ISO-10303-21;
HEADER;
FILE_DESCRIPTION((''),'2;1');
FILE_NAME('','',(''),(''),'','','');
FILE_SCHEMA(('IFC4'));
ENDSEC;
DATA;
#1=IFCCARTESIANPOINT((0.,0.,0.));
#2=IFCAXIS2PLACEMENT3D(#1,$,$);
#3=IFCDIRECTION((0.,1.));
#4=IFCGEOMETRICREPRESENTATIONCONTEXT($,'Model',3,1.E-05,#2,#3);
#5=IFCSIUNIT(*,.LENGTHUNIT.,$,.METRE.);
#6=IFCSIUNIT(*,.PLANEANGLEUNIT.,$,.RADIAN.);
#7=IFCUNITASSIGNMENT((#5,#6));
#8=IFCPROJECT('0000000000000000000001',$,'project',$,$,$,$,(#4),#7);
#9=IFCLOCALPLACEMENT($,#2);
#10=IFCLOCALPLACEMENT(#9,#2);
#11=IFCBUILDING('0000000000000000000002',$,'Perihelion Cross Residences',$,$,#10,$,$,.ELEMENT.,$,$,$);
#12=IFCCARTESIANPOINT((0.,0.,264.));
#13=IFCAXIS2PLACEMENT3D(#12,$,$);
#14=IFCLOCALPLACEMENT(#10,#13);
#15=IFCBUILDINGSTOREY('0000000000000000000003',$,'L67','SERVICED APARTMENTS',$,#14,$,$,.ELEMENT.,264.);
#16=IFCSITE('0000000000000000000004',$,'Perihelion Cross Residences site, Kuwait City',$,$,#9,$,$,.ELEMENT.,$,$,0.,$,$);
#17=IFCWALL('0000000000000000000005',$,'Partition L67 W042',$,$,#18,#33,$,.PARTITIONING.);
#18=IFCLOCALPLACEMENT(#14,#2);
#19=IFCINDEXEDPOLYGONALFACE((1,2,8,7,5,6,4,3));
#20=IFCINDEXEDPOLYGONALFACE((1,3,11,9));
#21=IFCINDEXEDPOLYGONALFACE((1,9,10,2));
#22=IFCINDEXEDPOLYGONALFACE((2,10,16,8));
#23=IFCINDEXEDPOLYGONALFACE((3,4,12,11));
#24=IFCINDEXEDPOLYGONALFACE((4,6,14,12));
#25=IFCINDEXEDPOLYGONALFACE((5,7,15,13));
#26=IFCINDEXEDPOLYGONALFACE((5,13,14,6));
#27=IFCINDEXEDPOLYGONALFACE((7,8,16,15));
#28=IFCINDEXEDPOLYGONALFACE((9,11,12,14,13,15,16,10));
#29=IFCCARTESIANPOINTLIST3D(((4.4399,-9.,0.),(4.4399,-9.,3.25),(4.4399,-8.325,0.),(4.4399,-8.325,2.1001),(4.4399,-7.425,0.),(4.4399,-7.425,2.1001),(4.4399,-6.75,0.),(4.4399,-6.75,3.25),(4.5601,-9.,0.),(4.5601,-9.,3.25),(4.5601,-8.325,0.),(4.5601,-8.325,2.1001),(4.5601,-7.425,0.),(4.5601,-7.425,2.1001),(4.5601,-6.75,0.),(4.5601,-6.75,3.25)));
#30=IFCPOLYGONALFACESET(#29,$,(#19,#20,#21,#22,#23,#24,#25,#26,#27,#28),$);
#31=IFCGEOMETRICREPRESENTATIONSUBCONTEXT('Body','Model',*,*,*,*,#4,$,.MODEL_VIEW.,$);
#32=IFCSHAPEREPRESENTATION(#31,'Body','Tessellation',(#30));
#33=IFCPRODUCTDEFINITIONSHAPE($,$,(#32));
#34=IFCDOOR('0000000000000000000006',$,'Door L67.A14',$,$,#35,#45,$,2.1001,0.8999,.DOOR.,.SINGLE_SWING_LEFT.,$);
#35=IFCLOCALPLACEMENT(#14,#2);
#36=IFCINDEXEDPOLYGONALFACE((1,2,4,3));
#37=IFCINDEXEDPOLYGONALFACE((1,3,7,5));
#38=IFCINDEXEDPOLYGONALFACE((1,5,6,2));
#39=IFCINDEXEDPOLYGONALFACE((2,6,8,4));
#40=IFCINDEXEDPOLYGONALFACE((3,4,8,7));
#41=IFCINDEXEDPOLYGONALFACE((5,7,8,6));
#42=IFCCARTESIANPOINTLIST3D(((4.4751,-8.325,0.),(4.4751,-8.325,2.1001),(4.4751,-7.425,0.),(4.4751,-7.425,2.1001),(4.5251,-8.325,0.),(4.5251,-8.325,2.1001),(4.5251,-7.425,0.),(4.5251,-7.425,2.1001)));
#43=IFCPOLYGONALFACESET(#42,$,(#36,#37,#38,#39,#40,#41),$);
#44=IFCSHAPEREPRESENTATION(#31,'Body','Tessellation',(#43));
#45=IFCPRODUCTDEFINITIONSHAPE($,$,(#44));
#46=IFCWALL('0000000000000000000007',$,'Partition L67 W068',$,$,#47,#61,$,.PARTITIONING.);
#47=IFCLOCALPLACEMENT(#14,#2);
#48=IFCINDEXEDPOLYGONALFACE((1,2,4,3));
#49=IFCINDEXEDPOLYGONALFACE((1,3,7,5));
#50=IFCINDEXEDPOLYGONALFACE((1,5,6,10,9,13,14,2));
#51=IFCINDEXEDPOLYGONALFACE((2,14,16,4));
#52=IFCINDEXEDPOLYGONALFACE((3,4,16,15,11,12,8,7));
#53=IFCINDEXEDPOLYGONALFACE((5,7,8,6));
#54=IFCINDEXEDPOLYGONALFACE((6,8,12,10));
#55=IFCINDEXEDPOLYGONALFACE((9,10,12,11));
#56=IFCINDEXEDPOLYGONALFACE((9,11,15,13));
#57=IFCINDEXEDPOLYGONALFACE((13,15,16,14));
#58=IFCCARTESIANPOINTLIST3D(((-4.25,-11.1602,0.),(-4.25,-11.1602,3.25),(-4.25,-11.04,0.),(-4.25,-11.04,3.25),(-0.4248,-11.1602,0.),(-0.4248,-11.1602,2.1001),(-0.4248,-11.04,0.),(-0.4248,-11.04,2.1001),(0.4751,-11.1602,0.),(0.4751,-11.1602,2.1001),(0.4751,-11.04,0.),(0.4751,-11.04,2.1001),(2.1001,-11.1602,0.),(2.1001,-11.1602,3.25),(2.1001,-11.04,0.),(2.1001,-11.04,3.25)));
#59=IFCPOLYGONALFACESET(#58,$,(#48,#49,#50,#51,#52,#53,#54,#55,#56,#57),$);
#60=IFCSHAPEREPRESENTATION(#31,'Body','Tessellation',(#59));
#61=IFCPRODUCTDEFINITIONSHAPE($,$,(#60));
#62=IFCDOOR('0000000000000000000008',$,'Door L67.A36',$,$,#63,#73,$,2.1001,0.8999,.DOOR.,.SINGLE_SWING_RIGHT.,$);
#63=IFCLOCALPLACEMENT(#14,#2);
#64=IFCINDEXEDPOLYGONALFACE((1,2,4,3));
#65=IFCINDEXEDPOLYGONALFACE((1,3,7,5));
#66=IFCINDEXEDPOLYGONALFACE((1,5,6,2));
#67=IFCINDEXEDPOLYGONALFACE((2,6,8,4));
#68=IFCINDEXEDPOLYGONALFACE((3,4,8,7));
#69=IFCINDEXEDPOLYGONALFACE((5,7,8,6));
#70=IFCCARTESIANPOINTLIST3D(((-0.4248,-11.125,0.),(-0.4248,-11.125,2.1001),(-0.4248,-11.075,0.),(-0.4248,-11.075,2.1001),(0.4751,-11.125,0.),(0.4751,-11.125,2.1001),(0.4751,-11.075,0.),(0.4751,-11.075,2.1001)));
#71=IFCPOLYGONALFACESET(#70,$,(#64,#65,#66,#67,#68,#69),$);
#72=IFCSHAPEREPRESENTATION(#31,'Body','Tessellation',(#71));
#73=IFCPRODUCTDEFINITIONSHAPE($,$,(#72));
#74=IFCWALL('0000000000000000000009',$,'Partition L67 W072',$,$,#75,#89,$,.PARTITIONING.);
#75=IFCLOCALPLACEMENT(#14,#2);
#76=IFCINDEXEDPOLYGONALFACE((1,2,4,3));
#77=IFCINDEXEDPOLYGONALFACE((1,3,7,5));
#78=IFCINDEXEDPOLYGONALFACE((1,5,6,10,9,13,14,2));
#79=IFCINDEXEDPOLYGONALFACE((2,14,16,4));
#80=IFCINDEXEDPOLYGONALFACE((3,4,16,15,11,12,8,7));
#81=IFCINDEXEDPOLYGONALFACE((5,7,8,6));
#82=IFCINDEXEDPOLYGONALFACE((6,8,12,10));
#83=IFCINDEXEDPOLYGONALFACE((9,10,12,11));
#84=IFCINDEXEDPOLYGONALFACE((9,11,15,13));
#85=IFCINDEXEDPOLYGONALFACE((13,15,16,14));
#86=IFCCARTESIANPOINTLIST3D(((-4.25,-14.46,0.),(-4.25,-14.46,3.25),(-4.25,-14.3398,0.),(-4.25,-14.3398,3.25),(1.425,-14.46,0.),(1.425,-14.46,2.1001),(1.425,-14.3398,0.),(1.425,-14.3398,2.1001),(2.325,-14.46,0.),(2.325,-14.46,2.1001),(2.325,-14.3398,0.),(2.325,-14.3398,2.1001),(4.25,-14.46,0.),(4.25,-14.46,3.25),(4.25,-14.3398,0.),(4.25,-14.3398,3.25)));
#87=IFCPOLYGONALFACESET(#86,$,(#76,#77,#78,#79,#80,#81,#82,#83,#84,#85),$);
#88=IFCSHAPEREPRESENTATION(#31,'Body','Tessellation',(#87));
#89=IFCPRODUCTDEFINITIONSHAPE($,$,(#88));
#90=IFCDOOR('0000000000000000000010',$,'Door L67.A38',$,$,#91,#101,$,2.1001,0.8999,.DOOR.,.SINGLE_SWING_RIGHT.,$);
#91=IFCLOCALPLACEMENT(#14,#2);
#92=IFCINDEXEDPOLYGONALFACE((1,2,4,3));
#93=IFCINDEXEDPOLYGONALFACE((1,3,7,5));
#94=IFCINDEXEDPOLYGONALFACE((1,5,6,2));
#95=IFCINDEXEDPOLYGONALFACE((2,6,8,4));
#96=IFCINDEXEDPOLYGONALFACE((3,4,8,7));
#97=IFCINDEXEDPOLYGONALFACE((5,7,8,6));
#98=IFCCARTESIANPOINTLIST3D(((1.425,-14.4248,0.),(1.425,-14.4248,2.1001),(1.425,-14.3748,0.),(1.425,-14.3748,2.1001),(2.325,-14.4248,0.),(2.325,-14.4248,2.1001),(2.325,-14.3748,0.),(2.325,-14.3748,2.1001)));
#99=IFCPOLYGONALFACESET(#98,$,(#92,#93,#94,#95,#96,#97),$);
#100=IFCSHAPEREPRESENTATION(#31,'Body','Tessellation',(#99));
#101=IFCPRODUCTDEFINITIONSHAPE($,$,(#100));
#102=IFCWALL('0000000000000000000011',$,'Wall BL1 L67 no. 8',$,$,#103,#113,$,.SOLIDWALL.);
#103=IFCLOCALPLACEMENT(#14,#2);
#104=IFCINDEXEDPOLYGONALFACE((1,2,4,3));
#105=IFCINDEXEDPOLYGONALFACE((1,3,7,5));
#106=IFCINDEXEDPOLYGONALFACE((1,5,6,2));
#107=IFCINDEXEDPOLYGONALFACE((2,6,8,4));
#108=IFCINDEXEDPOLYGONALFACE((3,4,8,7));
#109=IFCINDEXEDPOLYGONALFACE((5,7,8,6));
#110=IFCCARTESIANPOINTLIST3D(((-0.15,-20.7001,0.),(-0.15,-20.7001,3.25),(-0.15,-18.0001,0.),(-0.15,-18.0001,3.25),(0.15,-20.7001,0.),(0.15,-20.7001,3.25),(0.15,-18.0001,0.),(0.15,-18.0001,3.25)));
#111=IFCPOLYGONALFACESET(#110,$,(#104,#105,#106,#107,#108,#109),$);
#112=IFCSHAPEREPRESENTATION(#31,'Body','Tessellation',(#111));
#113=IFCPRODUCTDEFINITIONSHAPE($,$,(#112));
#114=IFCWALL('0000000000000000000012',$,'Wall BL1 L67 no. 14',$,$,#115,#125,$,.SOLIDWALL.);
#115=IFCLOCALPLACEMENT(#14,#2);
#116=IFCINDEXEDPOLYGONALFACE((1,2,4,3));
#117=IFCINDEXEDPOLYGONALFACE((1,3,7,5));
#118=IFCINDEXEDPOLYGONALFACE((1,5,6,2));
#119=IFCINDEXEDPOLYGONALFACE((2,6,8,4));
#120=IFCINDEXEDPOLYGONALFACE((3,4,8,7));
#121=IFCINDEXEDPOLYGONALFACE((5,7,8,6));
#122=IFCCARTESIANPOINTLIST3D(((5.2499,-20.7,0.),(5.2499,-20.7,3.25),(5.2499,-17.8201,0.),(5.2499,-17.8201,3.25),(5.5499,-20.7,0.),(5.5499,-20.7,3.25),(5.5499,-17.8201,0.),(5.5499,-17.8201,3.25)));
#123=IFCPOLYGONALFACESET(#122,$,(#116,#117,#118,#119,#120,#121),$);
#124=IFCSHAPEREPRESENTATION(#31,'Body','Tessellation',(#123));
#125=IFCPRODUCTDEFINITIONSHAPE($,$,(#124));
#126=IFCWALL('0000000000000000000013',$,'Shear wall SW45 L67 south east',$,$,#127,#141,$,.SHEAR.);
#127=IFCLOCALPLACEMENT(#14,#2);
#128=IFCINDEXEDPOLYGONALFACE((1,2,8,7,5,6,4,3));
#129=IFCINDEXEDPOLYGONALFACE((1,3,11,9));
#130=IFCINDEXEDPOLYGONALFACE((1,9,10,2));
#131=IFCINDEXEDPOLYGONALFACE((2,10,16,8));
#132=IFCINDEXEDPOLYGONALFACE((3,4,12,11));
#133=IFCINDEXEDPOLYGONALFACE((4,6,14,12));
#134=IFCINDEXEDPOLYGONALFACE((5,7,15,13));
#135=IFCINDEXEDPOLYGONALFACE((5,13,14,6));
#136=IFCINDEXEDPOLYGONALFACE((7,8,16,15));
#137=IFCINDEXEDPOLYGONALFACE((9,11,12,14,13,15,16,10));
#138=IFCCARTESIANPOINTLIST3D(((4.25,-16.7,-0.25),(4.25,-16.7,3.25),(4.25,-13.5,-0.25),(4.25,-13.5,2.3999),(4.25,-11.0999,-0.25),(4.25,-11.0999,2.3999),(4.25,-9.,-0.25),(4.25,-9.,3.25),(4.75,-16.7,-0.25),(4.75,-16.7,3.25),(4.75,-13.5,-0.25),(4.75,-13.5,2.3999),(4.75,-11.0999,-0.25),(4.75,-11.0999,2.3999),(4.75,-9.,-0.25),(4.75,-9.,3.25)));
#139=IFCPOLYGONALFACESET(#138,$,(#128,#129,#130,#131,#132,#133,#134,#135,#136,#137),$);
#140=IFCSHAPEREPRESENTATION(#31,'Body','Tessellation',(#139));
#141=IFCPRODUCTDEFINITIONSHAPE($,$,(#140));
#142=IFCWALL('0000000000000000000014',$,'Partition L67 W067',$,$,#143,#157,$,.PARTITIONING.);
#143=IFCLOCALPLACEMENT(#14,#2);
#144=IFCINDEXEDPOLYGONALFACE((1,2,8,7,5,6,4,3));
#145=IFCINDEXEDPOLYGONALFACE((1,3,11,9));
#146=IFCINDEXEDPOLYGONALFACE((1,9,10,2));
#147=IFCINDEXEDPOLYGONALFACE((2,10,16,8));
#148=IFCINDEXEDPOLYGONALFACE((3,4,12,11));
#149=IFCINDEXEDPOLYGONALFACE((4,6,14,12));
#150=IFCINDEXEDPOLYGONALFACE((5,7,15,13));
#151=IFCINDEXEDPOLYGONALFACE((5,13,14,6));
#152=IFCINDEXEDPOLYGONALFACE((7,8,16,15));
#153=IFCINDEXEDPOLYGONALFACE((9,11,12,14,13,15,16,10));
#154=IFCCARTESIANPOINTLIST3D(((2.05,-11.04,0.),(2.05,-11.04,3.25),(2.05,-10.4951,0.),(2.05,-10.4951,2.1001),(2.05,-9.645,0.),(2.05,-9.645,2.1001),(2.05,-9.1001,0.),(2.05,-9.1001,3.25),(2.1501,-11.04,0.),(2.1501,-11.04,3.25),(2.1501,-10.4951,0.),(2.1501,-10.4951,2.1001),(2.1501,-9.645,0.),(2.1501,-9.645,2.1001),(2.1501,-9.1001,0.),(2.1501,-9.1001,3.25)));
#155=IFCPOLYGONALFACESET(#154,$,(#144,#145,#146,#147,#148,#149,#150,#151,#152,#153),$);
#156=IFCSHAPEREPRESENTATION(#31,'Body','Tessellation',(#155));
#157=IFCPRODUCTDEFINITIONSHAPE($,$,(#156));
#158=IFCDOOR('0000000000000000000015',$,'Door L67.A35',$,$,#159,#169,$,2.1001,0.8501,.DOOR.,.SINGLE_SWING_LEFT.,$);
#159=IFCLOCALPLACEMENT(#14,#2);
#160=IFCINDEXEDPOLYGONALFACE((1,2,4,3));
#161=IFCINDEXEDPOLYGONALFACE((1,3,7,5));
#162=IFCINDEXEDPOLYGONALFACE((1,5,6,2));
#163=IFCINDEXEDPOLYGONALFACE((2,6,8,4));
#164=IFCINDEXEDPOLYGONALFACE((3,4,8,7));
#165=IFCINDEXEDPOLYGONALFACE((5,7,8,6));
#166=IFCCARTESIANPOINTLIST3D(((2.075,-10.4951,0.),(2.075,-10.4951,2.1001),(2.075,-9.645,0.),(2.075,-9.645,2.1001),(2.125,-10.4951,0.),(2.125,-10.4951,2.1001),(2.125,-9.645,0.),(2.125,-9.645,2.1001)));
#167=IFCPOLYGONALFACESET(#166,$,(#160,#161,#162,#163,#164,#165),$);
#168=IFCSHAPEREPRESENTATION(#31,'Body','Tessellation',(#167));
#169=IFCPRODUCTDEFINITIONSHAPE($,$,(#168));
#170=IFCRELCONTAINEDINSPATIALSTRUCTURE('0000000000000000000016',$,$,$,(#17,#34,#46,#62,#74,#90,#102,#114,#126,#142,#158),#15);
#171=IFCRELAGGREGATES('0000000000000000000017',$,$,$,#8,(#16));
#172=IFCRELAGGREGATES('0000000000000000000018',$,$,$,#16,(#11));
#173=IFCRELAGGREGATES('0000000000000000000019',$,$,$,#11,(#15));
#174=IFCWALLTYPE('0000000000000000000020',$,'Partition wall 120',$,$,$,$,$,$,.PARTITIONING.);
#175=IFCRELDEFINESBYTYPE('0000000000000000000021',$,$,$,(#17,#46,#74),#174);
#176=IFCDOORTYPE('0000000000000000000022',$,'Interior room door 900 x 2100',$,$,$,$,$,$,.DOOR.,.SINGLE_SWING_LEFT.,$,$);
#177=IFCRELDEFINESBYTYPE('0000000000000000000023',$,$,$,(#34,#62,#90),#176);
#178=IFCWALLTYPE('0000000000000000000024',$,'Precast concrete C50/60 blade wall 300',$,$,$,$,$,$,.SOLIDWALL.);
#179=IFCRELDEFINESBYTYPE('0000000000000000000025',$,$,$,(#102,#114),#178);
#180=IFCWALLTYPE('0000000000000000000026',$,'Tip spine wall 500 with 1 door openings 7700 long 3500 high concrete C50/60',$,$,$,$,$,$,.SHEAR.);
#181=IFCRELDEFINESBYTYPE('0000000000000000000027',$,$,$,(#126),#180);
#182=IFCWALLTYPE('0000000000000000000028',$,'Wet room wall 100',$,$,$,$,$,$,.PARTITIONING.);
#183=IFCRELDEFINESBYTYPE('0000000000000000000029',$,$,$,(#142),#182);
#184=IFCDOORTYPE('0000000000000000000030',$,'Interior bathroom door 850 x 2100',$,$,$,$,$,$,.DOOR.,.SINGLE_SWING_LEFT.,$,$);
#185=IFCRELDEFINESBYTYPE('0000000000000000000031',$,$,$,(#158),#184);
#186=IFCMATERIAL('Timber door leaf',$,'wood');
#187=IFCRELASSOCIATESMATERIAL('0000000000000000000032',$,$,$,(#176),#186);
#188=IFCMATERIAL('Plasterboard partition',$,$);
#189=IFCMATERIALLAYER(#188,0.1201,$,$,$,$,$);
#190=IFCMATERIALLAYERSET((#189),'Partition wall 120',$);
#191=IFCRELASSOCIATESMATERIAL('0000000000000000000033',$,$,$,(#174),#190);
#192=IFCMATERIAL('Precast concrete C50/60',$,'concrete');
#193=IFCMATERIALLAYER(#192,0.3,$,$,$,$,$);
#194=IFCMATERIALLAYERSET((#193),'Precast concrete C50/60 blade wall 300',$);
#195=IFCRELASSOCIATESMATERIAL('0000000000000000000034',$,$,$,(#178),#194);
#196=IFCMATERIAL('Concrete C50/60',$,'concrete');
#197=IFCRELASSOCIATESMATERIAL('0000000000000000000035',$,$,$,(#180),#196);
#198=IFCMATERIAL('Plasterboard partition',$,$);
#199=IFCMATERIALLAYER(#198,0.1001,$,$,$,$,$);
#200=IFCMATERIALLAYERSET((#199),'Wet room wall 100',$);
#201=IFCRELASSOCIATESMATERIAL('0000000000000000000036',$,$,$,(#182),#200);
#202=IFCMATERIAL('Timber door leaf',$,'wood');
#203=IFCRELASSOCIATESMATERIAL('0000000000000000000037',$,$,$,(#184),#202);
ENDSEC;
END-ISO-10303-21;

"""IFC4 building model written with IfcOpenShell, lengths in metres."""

from ifc_helpers import new_model, si_unit, direction, frame, frame_2d, origin, place, context, subcontext, project, spatial, polyline, rectangle, outline, extrude, material, layer, layer_set, material_profile, profile_set, type_object, element, fill, save


model = new_model("IFC4")

# Units and contexts
model_context = context("Model", 3, precision=1e-05, world=origin(), true_north=direction((0.0, 1.0)))
body_context = subcontext(model_context, "Body", "Model", "MODEL_VIEW")
ifc_project = project(units=[si_unit("LENGTHUNIT", "METRE"), si_unit("PLANEANGLEUNIT", "RADIAN")], contexts=[model_context])

# Site, building, storey
site_placement = place(None, origin())
site = spatial("IfcSite", under=ifc_project, at=site_placement, Name="Perihelion Cross Residences site, Kuwait City", CompositionType="ELEMENT", RefElevation=0.0)
building_placement = place(site_placement, origin())
building = spatial("IfcBuilding", under=site, at=building_placement, Name="Perihelion Cross Residences", CompositionType="ELEMENT")
storey_placement = place(building_placement, frame((0.0, 0.0, 264.0)))
storey = spatial("IfcBuildingStorey", under=building, at=storey_placement, Name="L67", Description="SERVICED APARTMENTS", CompositionType="ELEMENT", Elevation=264.0)

# Walls, openings, doors
ifc_material_1 = material(Name="Timber door leaf", Category="wood")
door_type_1 = type_object("IfcDoorType", Name="Interior room door 900 x 2100", OperationType="SINGLE_SWING_LEFT", PredefinedType="DOOR", material=ifc_material_1)
ifc_material_2 = material(Name="Plasterboard partition")
ifc_layer_1 = layer(ifc_material_2, 0.1201)
ifc_layer_set_1 = layer_set([ifc_layer_1], Name="Partition wall 120")
wall_type_1 = type_object("IfcWallType", Name="Partition wall 120", PredefinedType="PARTITIONING", material=ifc_layer_set_1)
wall_1_placement = place(storey_placement, frame((4.5, -9.0, 0.0), z_axis=(0.0, 0.0, 1.0), x_axis=(0.0, 1.0, 0.0)))
wall_1 = element("IfcWall", 1, at=wall_1_placement, inside=storey, type_object=wall_type_1, Name="Partition L67 W042", PredefinedType="PARTITIONING", context=body_context, shape_type="SweptSolid", body=[
    extrude(rectangle(XDim=2.25, YDim=0.1201, at=frame_2d((1.125, 0.0))), origin(), (0.0, 0.0, 1.0), 3.25),
])
opening_1_placement = place(wall_1_placement, frame((0.675, 0.0, 0.0)))
opening_1 = element("IfcOpeningElement", 2, at=opening_1_placement, cuts=wall_1, PredefinedType="OPENING", context=body_context, shape_type="SweptSolid", body=[
    extrude(rectangle(XDim=0.8999, YDim=2.1001, at=frame_2d((0.45, 1.05))), frame((0.0, 0.0701, 0.0), z_axis=(0.0, -1.0, 0.0), x_axis=(1.0, 0.0, 0.0)), (0.0, 0.0, 1.0), 0.1401),
])
door_1_placement = place(opening_1_placement, origin())
door_1 = element("IfcDoor", 3, at=door_1_placement, inside=storey, type_object=door_type_1, Name="Door L67.A14", OperationType="SINGLE_SWING_LEFT", OverallHeight=2.1001, OverallWidth=0.8999, PredefinedType="DOOR", context=body_context, shape_type="SweptSolid", body=[
    extrude(rectangle(XDim=0.8999, YDim=2.1001, at=frame_2d((0.45, 1.05))), frame((0.0, 0.0249, 0.0), z_axis=(0.0, -1.0, 0.0), x_axis=(1.0, 0.0, 0.0)), (0.0, 0.0, 1.0), 0.05),
])
fill(opening_1, door_1)
wall_2_placement = place(storey_placement, frame((2.1001, -11.1001, 0.0), z_axis=(0.0, 0.0, 1.0), x_axis=(-1.0, 0.0, 0.0)))
wall_2 = element("IfcWall", 4, at=wall_2_placement, inside=storey, type_object=wall_type_1, Name="Partition L67 W068", PredefinedType="PARTITIONING", context=body_context, shape_type="SweptSolid", body=[
    extrude(rectangle(XDim=6.3501, YDim=0.1201, at=frame_2d((3.175, 0.0))), origin(), (0.0, 0.0, 1.0), 3.25),
])
opening_2_placement = place(wall_2_placement, frame((1.625, 0.0, 0.0)))
opening_2 = element("IfcOpeningElement", 5, at=opening_2_placement, cuts=wall_2, PredefinedType="OPENING", context=body_context, shape_type="SweptSolid", body=[
    extrude(rectangle(XDim=0.8999, YDim=2.1001, at=frame_2d((0.45, 1.05))), frame((0.0, 0.0701, 0.0), z_axis=(0.0, -1.0, 0.0), x_axis=(1.0, 0.0, 0.0)), (0.0, 0.0, 1.0), 0.1401),
])
door_2_placement = place(opening_2_placement, origin())
door_2 = element("IfcDoor", 6, at=door_2_placement, inside=storey, type_object=door_type_1, Name="Door L67.A36", OperationType="SINGLE_SWING_RIGHT", OverallHeight=2.1001, OverallWidth=0.8999, PredefinedType="DOOR", context=body_context, shape_type="SweptSolid", body=[
    extrude(rectangle(XDim=0.8999, YDim=2.1001, at=frame_2d((0.45, 1.05))), frame((0.0, 0.0249, 0.0), z_axis=(0.0, -1.0, 0.0), x_axis=(1.0, 0.0, 0.0)), (0.0, 0.0, 1.0), 0.05),
])
fill(opening_2, door_2)
wall_3_placement = place(storey_placement, frame((4.25, -14.3999, 0.0), z_axis=(0.0, 0.0, 1.0), x_axis=(-1.0, 0.0, 0.0)))
wall_3 = element("IfcWall", 7, at=wall_3_placement, inside=storey, type_object=wall_type_1, Name="Partition L67 W072", PredefinedType="PARTITIONING", context=body_context, shape_type="SweptSolid", body=[
    extrude(rectangle(XDim=8.5, YDim=0.1201, at=frame_2d((4.25, 0.0))), origin(), (0.0, 0.0, 1.0), 3.25),
])
opening_3_placement = place(wall_3_placement, frame((1.925, 0.0, 0.0)))
opening_3 = element("IfcOpeningElement", 8, at=opening_3_placement, cuts=wall_3, PredefinedType="OPENING", context=body_context, shape_type="SweptSolid", body=[
    extrude(rectangle(XDim=0.8999, YDim=2.1001, at=frame_2d((0.45, 1.05))), frame((0.0, 0.0701, 0.0), z_axis=(0.0, -1.0, 0.0), x_axis=(1.0, 0.0, 0.0)), (0.0, 0.0, 1.0), 0.1401),
])
door_3_placement = place(opening_3_placement, origin())
door_3 = element("IfcDoor", 9, at=door_3_placement, inside=storey, type_object=door_type_1, Name="Door L67.A38", OperationType="SINGLE_SWING_RIGHT", OverallHeight=2.1001, OverallWidth=0.8999, PredefinedType="DOOR", context=body_context, shape_type="SweptSolid", body=[
    extrude(rectangle(XDim=0.8999, YDim=2.1001, at=frame_2d((0.45, 1.05))), frame((0.0, 0.0249, 0.0), z_axis=(0.0, -1.0, 0.0), x_axis=(1.0, 0.0, 0.0)), (0.0, 0.0, 1.0), 0.05),
])
fill(opening_3, door_3)

# Walls
ifc_material_3 = material(Name="Precast concrete C50/60", Category="concrete")
ifc_layer_2 = layer(ifc_material_3, 0.3)
ifc_layer_set_2 = layer_set([ifc_layer_2], Name="Precast concrete C50/60 blade wall 300")
wall_type_2 = type_object("IfcWallType", Name="Precast concrete C50/60 blade wall 300", PredefinedType="SOLIDWALL", material=ifc_layer_set_2)
wall_4_placement = place(storey_placement, frame((0.0, -18.0, 0.0), z_axis=(0.0, 0.0, 1.0), x_axis=(0.0, -1.0, 0.0)))
element("IfcWall", 10, at=wall_4_placement, inside=storey, type_object=wall_type_2, Name="Wall BL1 L67 no. 8", PredefinedType="SOLIDWALL", context=body_context, shape_type="SweptSolid", body=[
    extrude(rectangle(XDim=2.7, YDim=0.3, at=frame_2d((1.3501, 0.0))), origin(), (0.0, 0.0, 1.0), 3.25),
])
wall_5_placement = place(storey_placement, frame((5.3999, -17.8201, 0.0), z_axis=(0.0, 0.0, 1.0), x_axis=(0.0, -1.0, 0.0)))
element("IfcWall", 11, at=wall_5_placement, inside=storey, type_object=wall_type_2, Name="Wall BL1 L67 no. 14", PredefinedType="SOLIDWALL", context=body_context, shape_type="SweptSolid", body=[
    extrude(rectangle(XDim=2.8799, YDim=0.3, at=frame_2d((1.4399, 0.0))), origin(), (0.0, 0.0, 1.0), 3.25),
])
ifc_material_4 = material(Name="Concrete C50/60", Category="concrete")
ifc_material_profile_1 = material_profile(ifc_material_4, outline(polyline([(0.0, 0.0), (3.2, 0.0), (3.2, 2.6499), (5.6001, 2.6499), (5.6001, 0.0), (7.7, 0.0), (7.7, 3.5), (0.0, 3.5), (0.0, 0.0)])), Name="Tip spine wall")
ifc_profile_set_1 = profile_set([ifc_material_profile_1], Name="Concrete C50/60")
wall_type_3 = type_object("IfcWallType", Name="Tip spine wall 500 with 1 door openings 7700 long 3500 high concrete C50/60", PredefinedType="SHEAR", material=ifc_profile_set_1)
wall_6_placement = place(storey_placement, frame((4.25, -16.7, -0.25), z_axis=(1.0, 0.0, 0.0), x_axis=(0.0, 1.0, 0.0)))
element("IfcWall", 12, at=wall_6_placement, inside=storey, type_object=wall_type_3, Name="Shear wall SW45 L67 south east", PredefinedType="SHEAR", context=body_context, shape_type="SweptSolid", body=[
    extrude(outline(polyline([(0.0, 0.0), (3.2, 0.0), (3.2, 2.6499), (5.6001, 2.6499), (5.6001, 0.0), (7.7, 0.0), (7.7, 3.5), (0.0, 3.5), (0.0, 0.0)])), origin(), (0.0, 0.0, 1.0), 0.5),
])

# Wall, opening, door
ifc_material_5 = material(Name="Plasterboard partition")
ifc_layer_3 = layer(ifc_material_5, 0.1001)
ifc_layer_set_3 = layer_set([ifc_layer_3], Name="Wet room wall 100")
wall_type_4 = type_object("IfcWallType", Name="Wet room wall 100", PredefinedType="PARTITIONING", material=ifc_layer_set_3)
wall_7_placement = place(storey_placement, frame((2.1001, -9.1001, 0.0), z_axis=(0.0, 0.0, 1.0), x_axis=(0.0, -1.0, 0.0)))
wall_7 = element("IfcWall", 13, at=wall_7_placement, inside=storey, type_object=wall_type_4, Name="Partition L67 W067", PredefinedType="PARTITIONING", context=body_context, shape_type="SweptSolid", body=[
    extrude(rectangle(XDim=1.9399, YDim=0.1001, at=frame_2d((0.97, 0.0))), origin(), (0.0, 0.0, 1.0), 3.25),
])
opening_4_placement = place(wall_7_placement, frame((0.5449, 0.0, 0.0)))
opening_4 = element("IfcOpeningElement", 14, at=opening_4_placement, cuts=wall_7, PredefinedType="OPENING", context=body_context, shape_type="SweptSolid", body=[
    extrude(rectangle(XDim=0.8501, YDim=2.1001, at=frame_2d((0.425, 1.05))), frame((0.0, 0.0601, 0.0), z_axis=(0.0, -1.0, 0.0), x_axis=(1.0, 0.0, 0.0)), (0.0, 0.0, 1.0), 0.1201),
])
ifc_material_6 = material(Name="Timber door leaf", Category="wood")
door_type_2 = type_object("IfcDoorType", Name="Interior bathroom door 850 x 2100", OperationType="SINGLE_SWING_LEFT", PredefinedType="DOOR", material=ifc_material_6)
door_4_placement = place(opening_4_placement, origin())
door_4 = element("IfcDoor", 15, at=door_4_placement, inside=storey, type_object=door_type_2, Name="Door L67.A35", OperationType="SINGLE_SWING_LEFT", OverallHeight=2.1001, OverallWidth=0.8501, PredefinedType="DOOR", context=body_context, shape_type="SweptSolid", body=[
    extrude(rectangle(XDim=0.8501, YDim=2.1001, at=frame_2d((0.425, 1.05))), frame((0.0, 0.0249, 0.0), z_axis=(0.0, -1.0, 0.0), x_axis=(1.0, 0.0, 0.0)), (0.0, 0.0, 1.0), 0.05),
])
fill(opening_4, door_4)

save(model, "model.ifc")
